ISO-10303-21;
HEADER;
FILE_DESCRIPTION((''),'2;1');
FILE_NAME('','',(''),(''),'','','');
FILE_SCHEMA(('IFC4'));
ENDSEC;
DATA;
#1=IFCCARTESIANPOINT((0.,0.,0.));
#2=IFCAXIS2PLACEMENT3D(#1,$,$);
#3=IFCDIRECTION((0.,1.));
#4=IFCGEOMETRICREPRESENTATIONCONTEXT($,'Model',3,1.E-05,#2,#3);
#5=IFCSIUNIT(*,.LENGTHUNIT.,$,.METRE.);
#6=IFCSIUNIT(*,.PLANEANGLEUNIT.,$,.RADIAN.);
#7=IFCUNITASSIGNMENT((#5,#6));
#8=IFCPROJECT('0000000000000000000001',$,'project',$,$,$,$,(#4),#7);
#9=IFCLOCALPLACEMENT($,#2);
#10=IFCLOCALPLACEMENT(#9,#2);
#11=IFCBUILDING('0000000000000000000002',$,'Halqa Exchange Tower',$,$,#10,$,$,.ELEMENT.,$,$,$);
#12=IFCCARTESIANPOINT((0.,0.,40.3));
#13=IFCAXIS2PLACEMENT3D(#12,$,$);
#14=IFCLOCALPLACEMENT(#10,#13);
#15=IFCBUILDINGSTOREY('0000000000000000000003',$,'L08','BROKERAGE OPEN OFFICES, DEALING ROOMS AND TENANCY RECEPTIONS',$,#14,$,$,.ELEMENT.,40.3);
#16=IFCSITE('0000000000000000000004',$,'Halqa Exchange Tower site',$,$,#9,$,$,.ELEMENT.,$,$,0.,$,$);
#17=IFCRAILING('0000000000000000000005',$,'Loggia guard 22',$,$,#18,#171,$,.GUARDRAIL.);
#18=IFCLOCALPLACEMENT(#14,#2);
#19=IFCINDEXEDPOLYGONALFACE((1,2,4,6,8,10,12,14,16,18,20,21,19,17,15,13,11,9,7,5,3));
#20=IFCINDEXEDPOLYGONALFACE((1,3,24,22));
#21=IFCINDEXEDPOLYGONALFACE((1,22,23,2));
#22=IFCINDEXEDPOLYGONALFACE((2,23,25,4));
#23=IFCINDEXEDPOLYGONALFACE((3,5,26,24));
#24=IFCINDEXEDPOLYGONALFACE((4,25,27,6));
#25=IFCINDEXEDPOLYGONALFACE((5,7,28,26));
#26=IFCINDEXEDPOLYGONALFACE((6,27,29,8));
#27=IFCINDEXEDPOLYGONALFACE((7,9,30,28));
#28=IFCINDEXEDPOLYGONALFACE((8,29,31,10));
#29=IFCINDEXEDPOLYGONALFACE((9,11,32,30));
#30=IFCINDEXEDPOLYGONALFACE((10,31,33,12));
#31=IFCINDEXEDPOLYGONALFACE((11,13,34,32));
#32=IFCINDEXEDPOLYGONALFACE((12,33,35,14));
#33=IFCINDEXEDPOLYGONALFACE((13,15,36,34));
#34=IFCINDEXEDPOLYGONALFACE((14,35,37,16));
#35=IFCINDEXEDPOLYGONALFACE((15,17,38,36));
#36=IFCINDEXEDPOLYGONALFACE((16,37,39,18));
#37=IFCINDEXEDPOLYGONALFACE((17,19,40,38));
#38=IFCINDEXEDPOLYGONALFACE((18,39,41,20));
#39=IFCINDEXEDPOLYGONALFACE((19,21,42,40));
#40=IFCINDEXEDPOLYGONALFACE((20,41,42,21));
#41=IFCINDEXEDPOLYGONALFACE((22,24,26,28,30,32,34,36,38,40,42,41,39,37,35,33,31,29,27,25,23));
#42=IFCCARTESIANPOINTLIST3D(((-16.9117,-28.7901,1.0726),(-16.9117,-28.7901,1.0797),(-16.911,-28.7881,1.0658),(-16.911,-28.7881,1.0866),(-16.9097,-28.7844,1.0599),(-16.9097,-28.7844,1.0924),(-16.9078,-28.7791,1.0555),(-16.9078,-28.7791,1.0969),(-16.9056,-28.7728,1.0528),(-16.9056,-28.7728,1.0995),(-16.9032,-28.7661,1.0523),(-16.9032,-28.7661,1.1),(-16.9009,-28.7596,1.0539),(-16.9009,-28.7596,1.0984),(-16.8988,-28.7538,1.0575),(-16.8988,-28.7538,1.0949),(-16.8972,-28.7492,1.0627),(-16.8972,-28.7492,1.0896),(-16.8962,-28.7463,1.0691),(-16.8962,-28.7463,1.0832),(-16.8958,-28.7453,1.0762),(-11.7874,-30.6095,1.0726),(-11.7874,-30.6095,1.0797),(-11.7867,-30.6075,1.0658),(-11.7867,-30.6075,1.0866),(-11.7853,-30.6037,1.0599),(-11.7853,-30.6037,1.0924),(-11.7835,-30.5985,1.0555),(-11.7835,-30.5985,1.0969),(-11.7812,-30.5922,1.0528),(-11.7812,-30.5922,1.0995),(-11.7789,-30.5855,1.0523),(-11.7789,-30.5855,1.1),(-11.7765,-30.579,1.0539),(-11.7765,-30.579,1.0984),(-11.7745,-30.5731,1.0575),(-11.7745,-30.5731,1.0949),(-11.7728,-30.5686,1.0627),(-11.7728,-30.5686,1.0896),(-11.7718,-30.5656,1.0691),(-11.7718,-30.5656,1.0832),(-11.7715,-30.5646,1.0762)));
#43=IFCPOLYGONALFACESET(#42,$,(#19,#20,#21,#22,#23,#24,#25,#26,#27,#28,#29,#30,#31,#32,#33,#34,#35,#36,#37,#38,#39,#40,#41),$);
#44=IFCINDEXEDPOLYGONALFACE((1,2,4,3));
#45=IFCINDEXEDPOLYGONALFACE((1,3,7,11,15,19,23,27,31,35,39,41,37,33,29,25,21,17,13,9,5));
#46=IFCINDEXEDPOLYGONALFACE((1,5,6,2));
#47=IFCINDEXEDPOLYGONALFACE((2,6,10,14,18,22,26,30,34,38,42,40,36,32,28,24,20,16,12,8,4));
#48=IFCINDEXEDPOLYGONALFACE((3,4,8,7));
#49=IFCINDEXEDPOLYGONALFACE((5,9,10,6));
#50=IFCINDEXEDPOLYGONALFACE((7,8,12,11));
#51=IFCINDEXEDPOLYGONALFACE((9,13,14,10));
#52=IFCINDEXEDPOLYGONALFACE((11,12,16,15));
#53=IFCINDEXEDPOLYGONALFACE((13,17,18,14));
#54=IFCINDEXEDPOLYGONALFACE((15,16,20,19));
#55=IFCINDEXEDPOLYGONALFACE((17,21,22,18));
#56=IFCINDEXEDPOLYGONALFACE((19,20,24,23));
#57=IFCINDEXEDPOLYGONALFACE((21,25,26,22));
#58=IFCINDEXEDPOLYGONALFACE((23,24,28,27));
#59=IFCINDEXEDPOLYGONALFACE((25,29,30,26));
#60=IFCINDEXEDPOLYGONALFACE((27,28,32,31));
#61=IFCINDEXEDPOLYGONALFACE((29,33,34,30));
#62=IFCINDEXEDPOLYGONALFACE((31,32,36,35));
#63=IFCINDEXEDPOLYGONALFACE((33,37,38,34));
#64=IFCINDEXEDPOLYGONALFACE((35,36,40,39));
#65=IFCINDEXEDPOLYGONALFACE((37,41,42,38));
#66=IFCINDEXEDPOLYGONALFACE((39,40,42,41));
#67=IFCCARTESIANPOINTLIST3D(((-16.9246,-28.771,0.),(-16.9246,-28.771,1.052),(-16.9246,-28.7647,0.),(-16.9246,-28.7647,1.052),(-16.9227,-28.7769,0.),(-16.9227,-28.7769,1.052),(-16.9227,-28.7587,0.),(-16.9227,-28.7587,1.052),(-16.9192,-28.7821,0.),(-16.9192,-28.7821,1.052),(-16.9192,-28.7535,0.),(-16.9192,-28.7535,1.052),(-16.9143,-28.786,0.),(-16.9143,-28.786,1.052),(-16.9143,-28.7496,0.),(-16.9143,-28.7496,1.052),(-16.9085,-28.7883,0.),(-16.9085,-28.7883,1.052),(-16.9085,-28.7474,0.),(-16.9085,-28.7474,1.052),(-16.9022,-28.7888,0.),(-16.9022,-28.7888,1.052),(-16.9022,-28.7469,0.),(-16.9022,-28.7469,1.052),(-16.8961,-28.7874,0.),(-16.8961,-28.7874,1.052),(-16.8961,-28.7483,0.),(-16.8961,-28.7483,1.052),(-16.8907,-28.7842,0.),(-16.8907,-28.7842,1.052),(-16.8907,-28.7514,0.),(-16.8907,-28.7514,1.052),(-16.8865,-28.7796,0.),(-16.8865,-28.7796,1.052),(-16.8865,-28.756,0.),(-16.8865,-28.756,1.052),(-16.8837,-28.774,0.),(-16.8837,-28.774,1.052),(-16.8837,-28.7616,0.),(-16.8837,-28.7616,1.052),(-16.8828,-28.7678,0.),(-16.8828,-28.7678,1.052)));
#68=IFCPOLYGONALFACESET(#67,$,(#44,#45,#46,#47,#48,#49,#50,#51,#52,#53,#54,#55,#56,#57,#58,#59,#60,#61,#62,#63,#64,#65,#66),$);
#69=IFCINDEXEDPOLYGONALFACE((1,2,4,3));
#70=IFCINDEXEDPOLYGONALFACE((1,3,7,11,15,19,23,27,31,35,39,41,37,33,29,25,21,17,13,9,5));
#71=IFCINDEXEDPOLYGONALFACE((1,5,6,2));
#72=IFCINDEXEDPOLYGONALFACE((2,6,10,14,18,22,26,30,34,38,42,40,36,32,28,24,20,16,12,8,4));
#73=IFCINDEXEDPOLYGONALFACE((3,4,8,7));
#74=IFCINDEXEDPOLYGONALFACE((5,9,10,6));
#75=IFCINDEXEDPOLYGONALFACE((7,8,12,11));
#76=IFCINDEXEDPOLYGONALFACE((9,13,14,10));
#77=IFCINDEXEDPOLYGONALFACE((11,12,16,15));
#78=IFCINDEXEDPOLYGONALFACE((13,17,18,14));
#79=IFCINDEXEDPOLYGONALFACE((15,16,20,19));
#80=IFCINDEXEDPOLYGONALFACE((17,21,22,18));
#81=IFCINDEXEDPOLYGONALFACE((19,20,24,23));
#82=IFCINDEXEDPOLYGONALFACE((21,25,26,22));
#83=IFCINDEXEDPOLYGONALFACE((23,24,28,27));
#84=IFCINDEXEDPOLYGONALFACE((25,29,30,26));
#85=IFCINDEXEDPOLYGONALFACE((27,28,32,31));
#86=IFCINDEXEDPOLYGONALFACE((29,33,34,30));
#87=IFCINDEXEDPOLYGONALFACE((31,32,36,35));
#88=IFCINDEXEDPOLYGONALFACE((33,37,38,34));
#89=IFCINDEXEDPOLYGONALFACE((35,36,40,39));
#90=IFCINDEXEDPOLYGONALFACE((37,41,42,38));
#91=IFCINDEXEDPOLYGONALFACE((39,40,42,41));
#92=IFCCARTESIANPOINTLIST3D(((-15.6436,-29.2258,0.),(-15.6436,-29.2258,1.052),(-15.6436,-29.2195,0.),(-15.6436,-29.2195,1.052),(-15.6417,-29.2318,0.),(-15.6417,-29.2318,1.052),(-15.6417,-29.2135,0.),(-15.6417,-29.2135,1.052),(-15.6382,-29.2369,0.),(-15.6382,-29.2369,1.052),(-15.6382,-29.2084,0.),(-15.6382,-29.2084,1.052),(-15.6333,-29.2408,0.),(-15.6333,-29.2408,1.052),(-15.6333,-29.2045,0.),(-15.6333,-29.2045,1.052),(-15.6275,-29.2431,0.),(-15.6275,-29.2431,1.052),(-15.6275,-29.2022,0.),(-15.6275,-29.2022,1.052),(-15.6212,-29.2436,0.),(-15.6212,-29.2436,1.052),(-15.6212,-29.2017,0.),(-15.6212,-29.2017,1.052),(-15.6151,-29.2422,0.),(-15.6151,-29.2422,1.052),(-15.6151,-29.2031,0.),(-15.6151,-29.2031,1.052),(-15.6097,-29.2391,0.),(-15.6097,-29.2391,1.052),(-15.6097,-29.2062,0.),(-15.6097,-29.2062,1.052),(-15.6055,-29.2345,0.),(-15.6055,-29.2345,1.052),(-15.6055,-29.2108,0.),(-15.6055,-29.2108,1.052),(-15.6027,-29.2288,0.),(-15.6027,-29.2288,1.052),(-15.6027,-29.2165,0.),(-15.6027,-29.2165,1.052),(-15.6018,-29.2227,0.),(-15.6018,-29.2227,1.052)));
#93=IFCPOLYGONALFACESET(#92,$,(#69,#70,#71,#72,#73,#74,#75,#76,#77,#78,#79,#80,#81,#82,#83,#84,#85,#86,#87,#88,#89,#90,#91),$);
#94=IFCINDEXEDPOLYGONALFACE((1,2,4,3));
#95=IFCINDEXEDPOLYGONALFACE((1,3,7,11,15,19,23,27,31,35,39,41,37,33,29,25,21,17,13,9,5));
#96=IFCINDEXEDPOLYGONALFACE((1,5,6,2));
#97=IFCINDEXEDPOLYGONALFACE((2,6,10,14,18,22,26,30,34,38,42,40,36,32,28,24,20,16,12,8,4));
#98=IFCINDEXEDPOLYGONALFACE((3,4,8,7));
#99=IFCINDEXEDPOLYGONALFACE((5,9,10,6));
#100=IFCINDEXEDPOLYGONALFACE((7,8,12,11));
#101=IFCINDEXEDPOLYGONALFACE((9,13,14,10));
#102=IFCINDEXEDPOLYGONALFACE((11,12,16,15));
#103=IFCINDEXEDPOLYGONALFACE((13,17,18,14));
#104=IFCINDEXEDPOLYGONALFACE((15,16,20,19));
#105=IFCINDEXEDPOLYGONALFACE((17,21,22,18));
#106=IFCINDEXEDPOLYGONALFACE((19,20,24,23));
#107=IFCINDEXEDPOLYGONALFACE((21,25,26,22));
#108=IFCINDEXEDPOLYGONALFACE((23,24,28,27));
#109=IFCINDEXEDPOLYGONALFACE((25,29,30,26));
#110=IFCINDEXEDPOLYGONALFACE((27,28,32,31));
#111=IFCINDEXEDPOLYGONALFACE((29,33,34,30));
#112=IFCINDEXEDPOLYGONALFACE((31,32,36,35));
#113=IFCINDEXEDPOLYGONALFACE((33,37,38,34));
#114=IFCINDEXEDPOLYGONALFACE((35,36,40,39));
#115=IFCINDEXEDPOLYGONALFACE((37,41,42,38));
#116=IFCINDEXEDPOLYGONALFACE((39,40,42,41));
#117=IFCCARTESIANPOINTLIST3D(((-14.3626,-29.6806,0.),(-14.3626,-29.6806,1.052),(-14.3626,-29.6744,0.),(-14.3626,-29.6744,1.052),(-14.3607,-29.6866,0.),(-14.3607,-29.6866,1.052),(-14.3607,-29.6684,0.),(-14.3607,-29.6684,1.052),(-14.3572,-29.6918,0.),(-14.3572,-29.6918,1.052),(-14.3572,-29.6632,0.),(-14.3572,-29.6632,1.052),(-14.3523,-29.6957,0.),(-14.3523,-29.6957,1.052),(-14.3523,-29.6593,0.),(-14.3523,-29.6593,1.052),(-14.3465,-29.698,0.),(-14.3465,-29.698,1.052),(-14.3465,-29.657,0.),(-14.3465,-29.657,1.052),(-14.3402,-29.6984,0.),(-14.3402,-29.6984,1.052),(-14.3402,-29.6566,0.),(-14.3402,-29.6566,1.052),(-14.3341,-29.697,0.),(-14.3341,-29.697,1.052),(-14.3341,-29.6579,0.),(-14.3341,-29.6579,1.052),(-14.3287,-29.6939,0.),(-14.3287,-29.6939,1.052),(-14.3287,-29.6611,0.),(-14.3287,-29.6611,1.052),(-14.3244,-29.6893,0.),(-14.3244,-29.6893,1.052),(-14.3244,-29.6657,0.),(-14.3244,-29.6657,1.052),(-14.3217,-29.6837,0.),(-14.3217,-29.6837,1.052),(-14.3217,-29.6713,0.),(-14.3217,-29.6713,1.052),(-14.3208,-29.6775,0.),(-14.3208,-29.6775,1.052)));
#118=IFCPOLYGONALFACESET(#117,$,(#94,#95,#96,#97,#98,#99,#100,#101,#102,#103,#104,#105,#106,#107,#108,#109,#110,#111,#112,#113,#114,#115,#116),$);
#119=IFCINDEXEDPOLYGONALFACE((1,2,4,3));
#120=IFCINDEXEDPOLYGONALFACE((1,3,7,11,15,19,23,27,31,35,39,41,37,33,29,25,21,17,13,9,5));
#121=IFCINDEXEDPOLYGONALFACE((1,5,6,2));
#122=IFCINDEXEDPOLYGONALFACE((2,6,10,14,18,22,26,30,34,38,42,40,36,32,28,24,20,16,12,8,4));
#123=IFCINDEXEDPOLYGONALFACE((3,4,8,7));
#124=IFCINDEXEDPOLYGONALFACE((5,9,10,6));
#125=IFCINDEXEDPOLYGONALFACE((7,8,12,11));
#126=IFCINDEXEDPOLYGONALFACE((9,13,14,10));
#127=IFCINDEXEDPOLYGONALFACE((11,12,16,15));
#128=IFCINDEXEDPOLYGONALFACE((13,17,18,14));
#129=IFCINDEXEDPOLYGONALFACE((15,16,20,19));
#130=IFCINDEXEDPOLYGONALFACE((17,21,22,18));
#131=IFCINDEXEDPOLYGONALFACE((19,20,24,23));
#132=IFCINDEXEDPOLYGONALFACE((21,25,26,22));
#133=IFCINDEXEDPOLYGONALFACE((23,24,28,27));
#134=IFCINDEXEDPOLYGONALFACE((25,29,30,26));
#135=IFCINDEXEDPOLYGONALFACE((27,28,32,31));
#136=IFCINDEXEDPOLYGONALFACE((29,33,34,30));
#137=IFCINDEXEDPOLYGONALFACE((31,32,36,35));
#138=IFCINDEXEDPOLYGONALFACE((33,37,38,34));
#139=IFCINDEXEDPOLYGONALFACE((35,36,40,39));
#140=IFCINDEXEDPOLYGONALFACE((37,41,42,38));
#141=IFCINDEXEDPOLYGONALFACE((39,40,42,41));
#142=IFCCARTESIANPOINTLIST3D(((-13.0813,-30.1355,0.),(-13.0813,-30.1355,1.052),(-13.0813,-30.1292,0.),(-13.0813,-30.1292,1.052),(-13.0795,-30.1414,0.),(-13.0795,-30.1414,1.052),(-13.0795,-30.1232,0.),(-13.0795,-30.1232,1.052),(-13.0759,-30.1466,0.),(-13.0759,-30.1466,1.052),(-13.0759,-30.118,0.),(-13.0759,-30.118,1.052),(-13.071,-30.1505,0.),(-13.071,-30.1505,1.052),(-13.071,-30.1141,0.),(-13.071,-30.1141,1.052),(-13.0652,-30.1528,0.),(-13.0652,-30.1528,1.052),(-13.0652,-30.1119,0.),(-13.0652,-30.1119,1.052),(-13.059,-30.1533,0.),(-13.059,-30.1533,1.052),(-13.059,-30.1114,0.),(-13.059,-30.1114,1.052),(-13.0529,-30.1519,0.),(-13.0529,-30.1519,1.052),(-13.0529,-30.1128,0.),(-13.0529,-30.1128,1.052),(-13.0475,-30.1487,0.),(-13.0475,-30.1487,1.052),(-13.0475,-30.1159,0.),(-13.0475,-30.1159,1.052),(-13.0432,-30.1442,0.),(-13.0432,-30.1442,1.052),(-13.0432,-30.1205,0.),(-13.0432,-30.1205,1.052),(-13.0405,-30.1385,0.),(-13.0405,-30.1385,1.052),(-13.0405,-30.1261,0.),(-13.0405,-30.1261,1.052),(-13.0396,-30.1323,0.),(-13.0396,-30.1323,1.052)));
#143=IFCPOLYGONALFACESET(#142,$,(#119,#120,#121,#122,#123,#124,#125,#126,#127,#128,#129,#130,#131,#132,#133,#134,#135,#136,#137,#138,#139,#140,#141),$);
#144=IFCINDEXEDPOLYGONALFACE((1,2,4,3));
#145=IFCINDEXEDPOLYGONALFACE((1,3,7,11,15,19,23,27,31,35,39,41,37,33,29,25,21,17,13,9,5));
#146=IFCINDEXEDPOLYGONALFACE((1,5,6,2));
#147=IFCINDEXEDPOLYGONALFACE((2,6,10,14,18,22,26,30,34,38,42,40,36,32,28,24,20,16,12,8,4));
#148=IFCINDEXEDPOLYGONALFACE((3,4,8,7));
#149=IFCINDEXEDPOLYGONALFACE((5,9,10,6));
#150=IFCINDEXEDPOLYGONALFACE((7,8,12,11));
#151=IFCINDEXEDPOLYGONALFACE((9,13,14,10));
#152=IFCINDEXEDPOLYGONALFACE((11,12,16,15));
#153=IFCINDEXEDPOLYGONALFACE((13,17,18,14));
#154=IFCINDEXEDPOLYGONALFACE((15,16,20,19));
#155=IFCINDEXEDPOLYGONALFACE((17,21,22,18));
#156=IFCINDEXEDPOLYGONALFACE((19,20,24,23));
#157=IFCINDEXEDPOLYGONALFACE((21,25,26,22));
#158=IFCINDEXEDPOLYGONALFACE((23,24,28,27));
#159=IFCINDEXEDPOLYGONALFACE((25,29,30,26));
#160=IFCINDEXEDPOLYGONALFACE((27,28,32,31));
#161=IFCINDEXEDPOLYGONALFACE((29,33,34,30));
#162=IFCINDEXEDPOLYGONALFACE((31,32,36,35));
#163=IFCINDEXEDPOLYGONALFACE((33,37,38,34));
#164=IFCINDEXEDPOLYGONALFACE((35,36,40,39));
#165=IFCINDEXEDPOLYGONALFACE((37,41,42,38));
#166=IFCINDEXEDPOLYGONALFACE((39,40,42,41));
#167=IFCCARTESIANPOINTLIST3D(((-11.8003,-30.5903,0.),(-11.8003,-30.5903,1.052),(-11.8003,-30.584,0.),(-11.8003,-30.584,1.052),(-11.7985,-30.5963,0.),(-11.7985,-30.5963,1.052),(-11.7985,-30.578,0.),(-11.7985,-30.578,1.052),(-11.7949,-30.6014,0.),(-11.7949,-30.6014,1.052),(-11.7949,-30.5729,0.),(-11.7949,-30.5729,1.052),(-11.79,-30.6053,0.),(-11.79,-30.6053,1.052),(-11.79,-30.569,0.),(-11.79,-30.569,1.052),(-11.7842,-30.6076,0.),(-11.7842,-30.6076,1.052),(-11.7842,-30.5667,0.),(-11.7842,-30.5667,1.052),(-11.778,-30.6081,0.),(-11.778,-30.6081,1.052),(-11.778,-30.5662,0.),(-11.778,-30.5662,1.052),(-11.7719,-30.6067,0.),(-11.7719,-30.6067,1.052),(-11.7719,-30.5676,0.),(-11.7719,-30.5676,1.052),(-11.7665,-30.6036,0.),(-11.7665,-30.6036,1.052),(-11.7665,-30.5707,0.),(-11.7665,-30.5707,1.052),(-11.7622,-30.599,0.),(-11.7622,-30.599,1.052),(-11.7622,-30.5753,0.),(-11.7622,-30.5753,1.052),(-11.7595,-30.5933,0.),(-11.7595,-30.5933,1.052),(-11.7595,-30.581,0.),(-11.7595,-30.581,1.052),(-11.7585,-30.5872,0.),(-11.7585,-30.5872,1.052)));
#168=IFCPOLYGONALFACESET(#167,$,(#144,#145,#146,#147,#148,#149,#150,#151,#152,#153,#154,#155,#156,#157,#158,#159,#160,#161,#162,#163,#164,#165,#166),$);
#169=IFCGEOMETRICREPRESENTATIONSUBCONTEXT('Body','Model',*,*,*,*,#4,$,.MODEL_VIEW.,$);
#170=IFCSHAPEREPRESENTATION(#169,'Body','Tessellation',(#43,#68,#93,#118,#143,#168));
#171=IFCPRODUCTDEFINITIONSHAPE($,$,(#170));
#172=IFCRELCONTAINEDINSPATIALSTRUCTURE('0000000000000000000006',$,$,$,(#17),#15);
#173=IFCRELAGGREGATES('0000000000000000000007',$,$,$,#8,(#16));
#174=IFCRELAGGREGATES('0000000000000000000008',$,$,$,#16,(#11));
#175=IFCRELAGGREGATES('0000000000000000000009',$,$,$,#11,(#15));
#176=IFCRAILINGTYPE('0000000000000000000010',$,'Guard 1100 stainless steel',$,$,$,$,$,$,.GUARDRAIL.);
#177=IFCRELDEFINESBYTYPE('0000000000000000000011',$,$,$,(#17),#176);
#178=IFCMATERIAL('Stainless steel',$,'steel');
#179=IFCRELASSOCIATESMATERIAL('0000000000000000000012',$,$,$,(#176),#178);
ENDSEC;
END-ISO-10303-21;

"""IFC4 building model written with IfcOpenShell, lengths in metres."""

from ifc_helpers import new_model, si_unit, direction, frame, origin, origin_2d, place, context, subcontext, project, spatial, circle, extrude, material, type_object, element, save


model = new_model("IFC4")

# Units and contexts
model_context = context("Model", 3, precision=1e-05, world=origin(), true_north=direction((0.0, 1.0)))
body_context = subcontext(model_context, "Body", "Model", "MODEL_VIEW")
ifc_project = project(units=[si_unit("LENGTHUNIT", "METRE"), si_unit("PLANEANGLEUNIT", "RADIAN")], contexts=[model_context])

# Site, building, storey
site_placement = place(None, origin())
site = spatial("IfcSite", under=ifc_project, at=site_placement, Name="Halqa Exchange Tower site", CompositionType="ELEMENT", RefElevation=0.0)
building_placement = place(site_placement, origin())
building = spatial("IfcBuilding", under=site, at=building_placement, Name="Halqa Exchange Tower", CompositionType="ELEMENT")
storey_placement = place(building_placement, frame((0.0, 0.0, 40.3)))
storey = spatial("IfcBuildingStorey", under=building, at=storey_placement, Name="L08", Description="BROKERAGE OPEN OFFICES, DEALING ROOMS AND TENANCY RECEPTIONS", CompositionType="ELEMENT", Elevation=40.3)

# Railing
ifc_material_1 = material(Name="Stainless steel", Category="steel")
railing_type = type_object("IfcRailingType", Name="Guard 1100 stainless steel", PredefinedType="GUARDRAIL", material=ifc_material_1)
railing_1_placement = place(storey_placement, frame((-16.9038, -28.7678, 0.0)))
element("IfcRailing", 1, at=railing_1_placement, inside=storey, type_object=railing_type, Name="Loggia guard 22", PredefinedType="GUARDRAIL", context=body_context, shape_type="SweptSolid", body=[
    extrude(circle(Radius=0.0239, at=origin_2d()), frame((0.0, 0.0, 1.0762), z_axis=(0.942367, -0.334581, 0.0), x_axis=(0.334581, 0.942367, 0.0)), (0.0, 0.0, 1.0), 5.4377),
    extrude(circle(Radius=0.021, at=origin_2d()), origin(), (0.0, 0.0, 1.0), 1.052),
    extrude(circle(Radius=0.021, at=origin_2d()), frame((1.281, -0.4548, 0.0)), (0.0, 0.0, 1.0), 1.052),
    extrude(circle(Radius=0.021, at=origin_2d()), frame((2.562, -0.9097, 0.0)), (0.0, 0.0, 1.0), 1.052),
    extrude(circle(Radius=0.021, at=origin_2d()), frame((3.8433, -1.3645, 0.0)), (0.0, 0.0, 1.0), 1.052),
    extrude(circle(Radius=0.021, at=origin_2d()), frame((5.1243, -1.8193, 0.0)), (0.0, 0.0, 1.0), 1.052),
])

save(model, "model.ifc")
